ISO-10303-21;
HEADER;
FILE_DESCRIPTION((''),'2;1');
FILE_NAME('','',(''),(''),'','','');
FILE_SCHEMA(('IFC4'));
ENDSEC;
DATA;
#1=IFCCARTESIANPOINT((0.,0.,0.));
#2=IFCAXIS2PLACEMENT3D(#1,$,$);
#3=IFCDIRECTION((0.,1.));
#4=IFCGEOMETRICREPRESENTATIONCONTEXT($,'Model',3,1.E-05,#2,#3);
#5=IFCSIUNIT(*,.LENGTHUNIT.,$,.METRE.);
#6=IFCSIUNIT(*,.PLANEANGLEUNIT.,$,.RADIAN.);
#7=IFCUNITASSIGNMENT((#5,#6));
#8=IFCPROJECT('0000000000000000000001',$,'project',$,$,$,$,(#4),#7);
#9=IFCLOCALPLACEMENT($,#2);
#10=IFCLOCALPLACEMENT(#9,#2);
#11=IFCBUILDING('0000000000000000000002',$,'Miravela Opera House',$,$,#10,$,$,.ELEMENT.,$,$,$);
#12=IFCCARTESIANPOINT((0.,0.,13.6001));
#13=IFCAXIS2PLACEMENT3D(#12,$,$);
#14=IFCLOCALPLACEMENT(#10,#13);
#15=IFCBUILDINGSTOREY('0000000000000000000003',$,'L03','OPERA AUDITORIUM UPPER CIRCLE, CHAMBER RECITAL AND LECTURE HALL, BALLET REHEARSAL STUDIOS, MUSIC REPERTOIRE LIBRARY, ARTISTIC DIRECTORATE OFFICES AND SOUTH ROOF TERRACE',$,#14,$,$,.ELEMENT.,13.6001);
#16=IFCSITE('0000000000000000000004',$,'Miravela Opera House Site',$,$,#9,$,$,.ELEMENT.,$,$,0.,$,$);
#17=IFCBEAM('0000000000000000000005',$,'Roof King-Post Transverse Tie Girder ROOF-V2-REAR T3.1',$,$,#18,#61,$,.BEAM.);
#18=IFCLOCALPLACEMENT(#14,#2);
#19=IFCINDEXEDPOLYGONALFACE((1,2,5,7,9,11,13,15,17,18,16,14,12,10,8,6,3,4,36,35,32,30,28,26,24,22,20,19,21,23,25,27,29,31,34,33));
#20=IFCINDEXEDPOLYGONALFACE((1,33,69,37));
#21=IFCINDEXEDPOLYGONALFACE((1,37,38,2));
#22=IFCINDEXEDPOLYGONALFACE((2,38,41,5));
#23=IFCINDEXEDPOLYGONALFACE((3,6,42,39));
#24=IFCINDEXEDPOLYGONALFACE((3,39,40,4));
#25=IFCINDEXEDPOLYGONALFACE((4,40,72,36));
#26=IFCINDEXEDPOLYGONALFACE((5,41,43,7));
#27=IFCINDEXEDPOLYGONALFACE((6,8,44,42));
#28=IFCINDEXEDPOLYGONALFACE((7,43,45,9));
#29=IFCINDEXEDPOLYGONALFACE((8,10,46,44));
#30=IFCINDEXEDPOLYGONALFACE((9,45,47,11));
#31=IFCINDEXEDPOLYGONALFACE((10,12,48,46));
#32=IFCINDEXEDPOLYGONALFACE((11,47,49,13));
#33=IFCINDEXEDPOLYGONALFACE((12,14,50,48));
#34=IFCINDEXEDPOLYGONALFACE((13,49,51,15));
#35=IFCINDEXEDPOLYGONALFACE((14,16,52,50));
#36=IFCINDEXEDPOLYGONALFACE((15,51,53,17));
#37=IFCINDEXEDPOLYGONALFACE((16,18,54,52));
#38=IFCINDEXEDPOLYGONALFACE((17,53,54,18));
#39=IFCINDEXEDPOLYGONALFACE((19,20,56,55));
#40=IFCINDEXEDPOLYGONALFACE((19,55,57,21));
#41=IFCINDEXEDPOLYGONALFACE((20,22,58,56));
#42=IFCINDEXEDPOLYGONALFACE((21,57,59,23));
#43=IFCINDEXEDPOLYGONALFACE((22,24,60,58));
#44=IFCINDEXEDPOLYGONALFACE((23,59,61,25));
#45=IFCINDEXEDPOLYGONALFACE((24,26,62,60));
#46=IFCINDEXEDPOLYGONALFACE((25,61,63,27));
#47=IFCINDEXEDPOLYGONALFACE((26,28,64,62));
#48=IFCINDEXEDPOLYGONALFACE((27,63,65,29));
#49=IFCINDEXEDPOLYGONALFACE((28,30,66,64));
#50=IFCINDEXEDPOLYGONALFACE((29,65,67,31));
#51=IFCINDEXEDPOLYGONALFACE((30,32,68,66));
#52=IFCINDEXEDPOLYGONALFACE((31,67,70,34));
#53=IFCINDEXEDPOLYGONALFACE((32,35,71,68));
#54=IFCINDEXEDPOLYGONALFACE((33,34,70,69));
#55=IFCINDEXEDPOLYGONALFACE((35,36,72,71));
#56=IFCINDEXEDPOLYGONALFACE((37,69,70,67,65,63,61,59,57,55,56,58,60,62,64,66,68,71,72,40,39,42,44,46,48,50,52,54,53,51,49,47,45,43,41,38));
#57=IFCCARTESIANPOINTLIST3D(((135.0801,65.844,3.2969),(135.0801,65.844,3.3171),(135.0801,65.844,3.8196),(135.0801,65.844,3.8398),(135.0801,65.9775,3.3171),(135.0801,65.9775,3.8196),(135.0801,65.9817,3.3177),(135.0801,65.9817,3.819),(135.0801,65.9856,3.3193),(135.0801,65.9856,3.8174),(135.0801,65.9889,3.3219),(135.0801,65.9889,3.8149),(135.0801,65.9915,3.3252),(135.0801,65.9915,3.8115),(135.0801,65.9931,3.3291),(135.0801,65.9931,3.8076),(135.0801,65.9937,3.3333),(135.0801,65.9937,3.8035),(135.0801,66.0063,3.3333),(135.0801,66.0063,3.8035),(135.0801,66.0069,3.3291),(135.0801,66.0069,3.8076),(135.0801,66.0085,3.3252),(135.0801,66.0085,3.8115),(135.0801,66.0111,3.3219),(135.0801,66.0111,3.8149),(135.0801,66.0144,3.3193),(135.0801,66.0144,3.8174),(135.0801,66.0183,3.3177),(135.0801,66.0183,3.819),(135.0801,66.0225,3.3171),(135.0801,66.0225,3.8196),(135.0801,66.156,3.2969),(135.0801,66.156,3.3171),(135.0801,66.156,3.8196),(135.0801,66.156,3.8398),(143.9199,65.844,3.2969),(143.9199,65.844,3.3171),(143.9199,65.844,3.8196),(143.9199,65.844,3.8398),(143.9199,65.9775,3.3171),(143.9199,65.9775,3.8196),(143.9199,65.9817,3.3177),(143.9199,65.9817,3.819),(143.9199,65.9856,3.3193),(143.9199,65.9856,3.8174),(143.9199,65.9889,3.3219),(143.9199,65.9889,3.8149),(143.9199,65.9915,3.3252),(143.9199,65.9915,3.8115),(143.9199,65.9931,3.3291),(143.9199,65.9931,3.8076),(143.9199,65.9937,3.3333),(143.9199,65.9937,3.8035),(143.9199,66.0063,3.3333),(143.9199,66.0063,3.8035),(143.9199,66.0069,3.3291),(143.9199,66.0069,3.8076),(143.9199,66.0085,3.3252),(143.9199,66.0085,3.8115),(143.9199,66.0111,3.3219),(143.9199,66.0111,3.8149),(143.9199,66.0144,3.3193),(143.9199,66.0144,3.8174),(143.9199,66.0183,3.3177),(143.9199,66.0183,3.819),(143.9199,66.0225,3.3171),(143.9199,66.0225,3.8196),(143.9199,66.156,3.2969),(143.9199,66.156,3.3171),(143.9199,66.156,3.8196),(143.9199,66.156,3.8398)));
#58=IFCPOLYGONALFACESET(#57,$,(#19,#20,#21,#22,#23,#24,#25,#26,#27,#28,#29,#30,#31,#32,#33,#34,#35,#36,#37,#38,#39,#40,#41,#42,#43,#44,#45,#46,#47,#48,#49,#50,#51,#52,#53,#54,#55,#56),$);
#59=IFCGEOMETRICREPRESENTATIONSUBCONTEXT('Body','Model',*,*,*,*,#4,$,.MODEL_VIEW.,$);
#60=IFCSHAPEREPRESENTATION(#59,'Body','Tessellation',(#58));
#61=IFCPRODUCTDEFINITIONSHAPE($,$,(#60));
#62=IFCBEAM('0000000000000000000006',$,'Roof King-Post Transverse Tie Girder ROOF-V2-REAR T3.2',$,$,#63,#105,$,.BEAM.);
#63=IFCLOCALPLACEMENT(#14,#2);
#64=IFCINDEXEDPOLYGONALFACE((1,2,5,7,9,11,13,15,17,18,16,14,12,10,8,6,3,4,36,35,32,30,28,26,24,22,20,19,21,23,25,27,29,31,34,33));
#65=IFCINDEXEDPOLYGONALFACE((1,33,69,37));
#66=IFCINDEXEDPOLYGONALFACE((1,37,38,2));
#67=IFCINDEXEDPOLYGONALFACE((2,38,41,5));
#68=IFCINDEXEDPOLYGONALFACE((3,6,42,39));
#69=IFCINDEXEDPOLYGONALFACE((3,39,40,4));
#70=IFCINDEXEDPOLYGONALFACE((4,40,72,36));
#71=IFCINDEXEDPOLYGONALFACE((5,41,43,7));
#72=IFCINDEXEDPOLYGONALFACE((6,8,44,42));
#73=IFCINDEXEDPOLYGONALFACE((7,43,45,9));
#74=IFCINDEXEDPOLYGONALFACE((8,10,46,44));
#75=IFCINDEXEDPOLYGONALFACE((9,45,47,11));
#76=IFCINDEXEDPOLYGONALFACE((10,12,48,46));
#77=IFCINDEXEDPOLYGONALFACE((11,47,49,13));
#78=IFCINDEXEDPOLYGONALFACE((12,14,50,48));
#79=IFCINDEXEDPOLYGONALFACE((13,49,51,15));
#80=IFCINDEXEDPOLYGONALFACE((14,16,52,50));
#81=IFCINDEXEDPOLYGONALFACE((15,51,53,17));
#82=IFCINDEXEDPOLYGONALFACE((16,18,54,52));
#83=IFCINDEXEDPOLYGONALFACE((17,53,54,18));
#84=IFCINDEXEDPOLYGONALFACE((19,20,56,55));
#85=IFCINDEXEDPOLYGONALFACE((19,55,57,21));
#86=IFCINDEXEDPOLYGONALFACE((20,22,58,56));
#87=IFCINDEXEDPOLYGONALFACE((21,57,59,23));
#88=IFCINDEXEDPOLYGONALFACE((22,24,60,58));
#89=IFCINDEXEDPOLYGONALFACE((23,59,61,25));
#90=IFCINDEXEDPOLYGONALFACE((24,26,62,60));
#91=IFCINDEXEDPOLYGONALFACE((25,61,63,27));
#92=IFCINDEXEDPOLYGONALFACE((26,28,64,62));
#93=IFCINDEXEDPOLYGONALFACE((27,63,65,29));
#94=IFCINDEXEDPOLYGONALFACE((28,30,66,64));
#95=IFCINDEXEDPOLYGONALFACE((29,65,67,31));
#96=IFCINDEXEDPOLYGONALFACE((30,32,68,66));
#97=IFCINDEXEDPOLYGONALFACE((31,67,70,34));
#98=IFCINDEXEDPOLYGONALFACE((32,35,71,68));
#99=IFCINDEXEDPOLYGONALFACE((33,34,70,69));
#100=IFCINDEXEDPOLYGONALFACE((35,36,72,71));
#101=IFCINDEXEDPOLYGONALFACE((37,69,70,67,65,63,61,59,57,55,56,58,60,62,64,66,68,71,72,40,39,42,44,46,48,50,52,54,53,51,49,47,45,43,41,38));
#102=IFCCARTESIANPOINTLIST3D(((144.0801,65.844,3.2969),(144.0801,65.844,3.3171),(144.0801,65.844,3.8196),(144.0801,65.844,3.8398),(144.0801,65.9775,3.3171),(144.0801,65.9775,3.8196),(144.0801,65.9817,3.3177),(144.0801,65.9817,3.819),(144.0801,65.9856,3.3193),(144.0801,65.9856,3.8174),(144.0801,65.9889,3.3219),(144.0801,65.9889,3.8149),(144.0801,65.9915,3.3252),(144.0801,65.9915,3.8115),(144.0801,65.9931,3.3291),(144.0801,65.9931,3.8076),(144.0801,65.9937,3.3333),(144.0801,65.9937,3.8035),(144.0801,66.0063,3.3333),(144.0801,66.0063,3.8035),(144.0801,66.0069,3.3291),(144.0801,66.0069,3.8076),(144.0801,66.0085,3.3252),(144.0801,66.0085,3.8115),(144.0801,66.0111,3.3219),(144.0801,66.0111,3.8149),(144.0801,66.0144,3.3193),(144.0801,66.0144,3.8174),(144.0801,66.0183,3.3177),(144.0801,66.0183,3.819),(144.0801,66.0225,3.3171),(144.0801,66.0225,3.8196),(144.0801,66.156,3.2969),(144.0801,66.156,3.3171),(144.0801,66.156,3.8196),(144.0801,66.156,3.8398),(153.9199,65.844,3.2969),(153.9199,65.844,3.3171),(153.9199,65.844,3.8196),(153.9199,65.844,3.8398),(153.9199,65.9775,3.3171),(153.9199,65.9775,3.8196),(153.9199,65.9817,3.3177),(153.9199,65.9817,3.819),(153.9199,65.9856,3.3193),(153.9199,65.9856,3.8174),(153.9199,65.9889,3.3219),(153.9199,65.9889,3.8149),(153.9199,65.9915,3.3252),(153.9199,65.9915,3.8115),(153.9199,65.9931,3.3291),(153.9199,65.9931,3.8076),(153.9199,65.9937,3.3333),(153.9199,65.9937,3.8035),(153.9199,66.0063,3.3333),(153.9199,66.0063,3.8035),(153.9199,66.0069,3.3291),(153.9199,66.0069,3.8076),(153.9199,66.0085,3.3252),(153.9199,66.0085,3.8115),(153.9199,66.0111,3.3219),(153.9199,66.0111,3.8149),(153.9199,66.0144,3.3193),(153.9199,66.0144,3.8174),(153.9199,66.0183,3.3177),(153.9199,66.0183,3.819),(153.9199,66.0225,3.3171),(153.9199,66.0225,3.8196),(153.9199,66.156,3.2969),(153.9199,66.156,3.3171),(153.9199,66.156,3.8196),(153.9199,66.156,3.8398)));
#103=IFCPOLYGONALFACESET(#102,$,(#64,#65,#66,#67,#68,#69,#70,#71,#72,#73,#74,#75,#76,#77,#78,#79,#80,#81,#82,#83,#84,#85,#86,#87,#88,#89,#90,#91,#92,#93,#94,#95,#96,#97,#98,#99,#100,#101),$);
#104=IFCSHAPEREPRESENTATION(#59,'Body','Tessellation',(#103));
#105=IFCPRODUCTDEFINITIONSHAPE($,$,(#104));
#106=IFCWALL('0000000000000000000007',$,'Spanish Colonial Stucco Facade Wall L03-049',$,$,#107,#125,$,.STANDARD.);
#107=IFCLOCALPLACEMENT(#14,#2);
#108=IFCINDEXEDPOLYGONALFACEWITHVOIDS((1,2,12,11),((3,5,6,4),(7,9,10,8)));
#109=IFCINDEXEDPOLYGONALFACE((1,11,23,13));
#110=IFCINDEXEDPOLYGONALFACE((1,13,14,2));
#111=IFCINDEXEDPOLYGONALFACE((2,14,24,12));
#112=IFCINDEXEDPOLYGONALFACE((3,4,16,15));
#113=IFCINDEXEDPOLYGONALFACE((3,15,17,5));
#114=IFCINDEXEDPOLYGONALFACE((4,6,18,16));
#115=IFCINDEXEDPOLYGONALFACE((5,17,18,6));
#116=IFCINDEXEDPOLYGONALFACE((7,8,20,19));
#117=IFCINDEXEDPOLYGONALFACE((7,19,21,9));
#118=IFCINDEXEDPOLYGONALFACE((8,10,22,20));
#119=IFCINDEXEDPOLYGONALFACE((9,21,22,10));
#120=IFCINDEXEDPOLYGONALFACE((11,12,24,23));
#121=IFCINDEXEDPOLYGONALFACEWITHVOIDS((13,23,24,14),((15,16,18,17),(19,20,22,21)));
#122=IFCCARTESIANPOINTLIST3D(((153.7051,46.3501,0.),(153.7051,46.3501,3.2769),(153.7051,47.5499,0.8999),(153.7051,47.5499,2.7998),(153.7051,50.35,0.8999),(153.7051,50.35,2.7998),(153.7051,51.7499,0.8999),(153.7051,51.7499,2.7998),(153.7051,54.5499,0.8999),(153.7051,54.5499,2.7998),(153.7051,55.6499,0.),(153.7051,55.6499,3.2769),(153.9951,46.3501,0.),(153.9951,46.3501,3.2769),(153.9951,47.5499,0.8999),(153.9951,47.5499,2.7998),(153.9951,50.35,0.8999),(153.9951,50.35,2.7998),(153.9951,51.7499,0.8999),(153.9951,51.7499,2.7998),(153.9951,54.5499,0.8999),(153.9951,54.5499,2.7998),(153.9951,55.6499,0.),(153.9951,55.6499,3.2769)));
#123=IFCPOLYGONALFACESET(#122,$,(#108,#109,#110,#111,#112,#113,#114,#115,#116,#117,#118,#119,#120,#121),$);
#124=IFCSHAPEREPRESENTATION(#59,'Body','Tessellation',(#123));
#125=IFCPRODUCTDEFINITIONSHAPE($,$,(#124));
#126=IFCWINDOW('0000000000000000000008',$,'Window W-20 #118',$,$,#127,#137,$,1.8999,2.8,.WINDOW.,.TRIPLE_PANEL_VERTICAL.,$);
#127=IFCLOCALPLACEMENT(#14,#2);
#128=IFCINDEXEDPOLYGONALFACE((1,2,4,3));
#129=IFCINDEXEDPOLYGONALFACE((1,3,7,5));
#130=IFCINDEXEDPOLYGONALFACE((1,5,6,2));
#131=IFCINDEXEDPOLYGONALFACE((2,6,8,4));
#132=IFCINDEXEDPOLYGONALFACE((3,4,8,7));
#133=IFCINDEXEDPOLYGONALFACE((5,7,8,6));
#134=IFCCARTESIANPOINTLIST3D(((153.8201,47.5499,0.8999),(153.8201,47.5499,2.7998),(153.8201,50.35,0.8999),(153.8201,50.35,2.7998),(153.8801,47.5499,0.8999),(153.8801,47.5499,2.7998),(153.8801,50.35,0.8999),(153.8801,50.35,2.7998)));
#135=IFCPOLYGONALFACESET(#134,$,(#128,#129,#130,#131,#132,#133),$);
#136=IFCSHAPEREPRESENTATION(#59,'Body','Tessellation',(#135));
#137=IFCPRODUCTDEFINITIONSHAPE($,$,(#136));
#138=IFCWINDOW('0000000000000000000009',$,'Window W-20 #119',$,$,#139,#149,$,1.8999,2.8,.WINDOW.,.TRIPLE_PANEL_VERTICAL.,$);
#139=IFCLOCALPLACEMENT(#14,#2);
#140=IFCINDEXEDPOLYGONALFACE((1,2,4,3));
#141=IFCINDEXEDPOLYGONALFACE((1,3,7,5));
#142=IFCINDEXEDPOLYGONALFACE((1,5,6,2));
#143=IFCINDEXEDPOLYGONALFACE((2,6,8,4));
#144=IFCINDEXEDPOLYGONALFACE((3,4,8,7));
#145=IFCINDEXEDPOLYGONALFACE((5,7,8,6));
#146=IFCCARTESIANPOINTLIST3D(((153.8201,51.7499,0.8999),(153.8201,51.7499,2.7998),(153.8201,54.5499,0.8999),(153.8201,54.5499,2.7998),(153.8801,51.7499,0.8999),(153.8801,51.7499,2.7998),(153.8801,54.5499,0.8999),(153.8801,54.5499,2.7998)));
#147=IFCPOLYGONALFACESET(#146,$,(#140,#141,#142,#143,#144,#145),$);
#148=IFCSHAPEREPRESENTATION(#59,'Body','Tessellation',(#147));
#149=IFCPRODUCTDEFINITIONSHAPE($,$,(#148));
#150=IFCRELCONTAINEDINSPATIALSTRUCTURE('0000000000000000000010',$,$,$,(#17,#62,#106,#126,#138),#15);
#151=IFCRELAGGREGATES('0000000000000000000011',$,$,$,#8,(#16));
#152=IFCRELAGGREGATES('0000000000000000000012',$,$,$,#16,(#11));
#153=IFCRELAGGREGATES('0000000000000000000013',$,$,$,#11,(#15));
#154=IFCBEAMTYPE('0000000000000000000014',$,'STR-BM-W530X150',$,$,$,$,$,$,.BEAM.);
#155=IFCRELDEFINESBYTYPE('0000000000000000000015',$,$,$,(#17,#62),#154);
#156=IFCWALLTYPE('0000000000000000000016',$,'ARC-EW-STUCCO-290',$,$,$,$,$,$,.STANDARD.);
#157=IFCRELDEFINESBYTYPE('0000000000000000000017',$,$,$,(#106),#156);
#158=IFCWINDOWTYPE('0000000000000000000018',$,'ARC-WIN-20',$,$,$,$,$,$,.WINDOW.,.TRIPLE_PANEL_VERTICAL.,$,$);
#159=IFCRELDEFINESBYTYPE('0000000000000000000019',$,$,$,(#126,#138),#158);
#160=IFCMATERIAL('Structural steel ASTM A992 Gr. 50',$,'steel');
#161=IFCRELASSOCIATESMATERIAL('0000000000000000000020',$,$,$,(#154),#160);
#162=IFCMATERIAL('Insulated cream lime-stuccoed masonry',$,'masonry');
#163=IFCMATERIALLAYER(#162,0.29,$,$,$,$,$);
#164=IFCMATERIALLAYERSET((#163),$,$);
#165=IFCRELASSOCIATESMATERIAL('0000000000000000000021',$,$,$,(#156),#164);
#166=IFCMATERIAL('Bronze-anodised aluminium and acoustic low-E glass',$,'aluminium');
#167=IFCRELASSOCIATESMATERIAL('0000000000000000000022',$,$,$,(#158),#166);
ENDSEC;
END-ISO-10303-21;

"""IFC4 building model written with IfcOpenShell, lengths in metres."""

from ifc_helpers import new_model, si_unit, direction, frame, frame_2d, origin, origin_2d, place, context, subcontext, project, spatial, rectangle, i_section, extrude, material, layer, layer_set, material_profile, profile_set, type_object, element, fill, save


model = new_model("IFC4")

# Units and contexts
model_context = context("Model", 3, precision=1e-05, world=origin(), true_north=direction((0.0, 1.0)))
body_context = subcontext(model_context, "Body", "Model", "MODEL_VIEW")
ifc_project = project(units=[si_unit("LENGTHUNIT", "METRE"), si_unit("PLANEANGLEUNIT", "RADIAN")], contexts=[model_context])

# Site, building, storey
site_placement = place(None, origin())
site = spatial("IfcSite", under=ifc_project, at=site_placement, Name="Miravela Opera House Site", CompositionType="ELEMENT", RefElevation=0.0)
building_placement = place(site_placement, origin())
building = spatial("IfcBuilding", under=site, at=building_placement, Name="Miravela Opera House", CompositionType="ELEMENT")
storey_placement = place(building_placement, frame((0.0, 0.0, 13.6001)))
storey = spatial("IfcBuildingStorey", under=building, at=storey_placement, Name="L03", Description="OPERA AUDITORIUM UPPER CIRCLE, CHAMBER RECITAL AND LECTURE HALL, BALLET REHEARSAL STUDIOS, MUSIC REPERTOIRE LIBRARY, ARTISTIC DIRECTORATE OFFICES AND SOUTH ROOF TERRACE", CompositionType="ELEMENT", Elevation=13.6001)

# Beams
ifc_material_1 = material(Name="Structural steel ASTM A992 Gr. 50", Category="steel")
ifc_material_profile_1 = material_profile(ifc_material_1, i_section(OverallWidth=0.312, OverallDepth=0.543, WebThickness=0.0127, FlangeThickness=0.0203, FilletRadius=0.0161, at=origin_2d()), Name="W530X150")
ifc_profile_set_1 = profile_set([ifc_material_profile_1])
beam_type = type_object("IfcBeamType", Name="STR-BM-W530X150", PredefinedType="BEAM", material=ifc_profile_set_1)
beam_1_placement = place(storey_placement, frame((135.0801, 66.0, 3.5684), z_axis=(1.0, 0.0, 0.0), x_axis=(0.0, 1.0, 0.0)))
element("IfcBeam", 1, at=beam_1_placement, inside=storey, type_object=beam_type, Name="Roof King-Post Transverse Tie Girder ROOF-V2-REAR T3.1", PredefinedType="BEAM", context=body_context, shape_type="SweptSolid", body=[
    extrude(i_section(OverallWidth=0.312, OverallDepth=0.543, WebThickness=0.0127, FlangeThickness=0.0203, FilletRadius=0.0161, at=origin_2d()), origin(), (0.0, 0.0, 1.0), 8.8398),
])
beam_2_placement = place(storey_placement, frame((144.0801, 66.0, 3.5684), z_axis=(1.0, 0.0, 0.0), x_axis=(0.0, 1.0, 0.0)))
element("IfcBeam", 2, at=beam_2_placement, inside=storey, type_object=beam_type, Name="Roof King-Post Transverse Tie Girder ROOF-V2-REAR T3.2", PredefinedType="BEAM", context=body_context, shape_type="SweptSolid", body=[
    extrude(i_section(OverallWidth=0.312, OverallDepth=0.543, WebThickness=0.0127, FlangeThickness=0.0203, FilletRadius=0.0161, at=origin_2d()), origin(), (0.0, 0.0, 1.0), 9.8398),
])

# Wall, openings, windows
ifc_material_2 = material(Name="Insulated cream lime-stuccoed masonry", Category="masonry")
ifc_layer = layer(ifc_material_2, 0.29)
ifc_layer_set = layer_set([ifc_layer])
wall_type = type_object("IfcWallType", Name="ARC-EW-STUCCO-290", PredefinedType="STANDARD", material=ifc_layer_set)
wall_1_placement = place(storey_placement, frame((153.8501, 46.3501, 0.0), z_axis=(0.0, 0.0, 1.0), x_axis=(0.0, 1.0, 0.0)))
wall_1 = element("IfcWall", 3, at=wall_1_placement, inside=storey, type_object=wall_type, Name="Spanish Colonial Stucco Facade Wall L03-049", PredefinedType="STANDARD", context=body_context, shape_type="SweptSolid", body=[
    extrude(rectangle(XDim=9.2998, YDim=0.29, at=frame_2d((4.6499, 0.0))), origin(), (0.0, 0.0, 1.0), 3.2769),
])
opening_1_placement = place(wall_1_placement, frame((1.2, 0.0, 0.8999)))
opening_1 = element("IfcOpeningElement", 4, at=opening_1_placement, cuts=wall_1, PredefinedType="OPENING", context=body_context, shape_type="SweptSolid", body=[
    extrude(rectangle(XDim=2.8, YDim=1.8999, at=frame_2d((1.3999, 0.95))), frame((0.0, 0.155, 0.0), z_axis=(0.0, -1.0, 0.0), x_axis=(1.0, 0.0, 0.0)), (0.0, 0.0, 1.0), 0.3101),
])
opening_2_placement = place(wall_1_placement, frame((5.3999, 0.0, 0.8999)))
opening_2 = element("IfcOpeningElement", 5, at=opening_2_placement, cuts=wall_1, PredefinedType="OPENING", context=body_context, shape_type="SweptSolid", body=[
    extrude(rectangle(XDim=2.8, YDim=1.8999, at=frame_2d((1.3999, 0.95))), frame((0.0, 0.155, 0.0), z_axis=(0.0, -1.0, 0.0), x_axis=(1.0, 0.0, 0.0)), (0.0, 0.0, 1.0), 0.3101),
])
ifc_material_3 = material(Name="Bronze-anodised aluminium and acoustic low-E glass", Category="aluminium")
window_type_1 = type_object("IfcWindowType", Name="ARC-WIN-20", PartitioningType="TRIPLE_PANEL_VERTICAL", PredefinedType="WINDOW", material=ifc_material_3)
window_1_placement = place(opening_1_placement, origin())
window_1 = element("IfcWindow", 6, at=window_1_placement, inside=storey, type_object=window_type_1, Name="Window W-20 #118", OverallHeight=1.8999, OverallWidth=2.8, PartitioningType="TRIPLE_PANEL_VERTICAL", PredefinedType="WINDOW", context=body_context, shape_type="SweptSolid", body=[
    extrude(rectangle(XDim=2.8, YDim=1.8999, at=frame_2d((1.3999, 0.95))), frame((0.0, 0.03, 0.0), z_axis=(0.0, -1.0, 0.0), x_axis=(1.0, 0.0, 0.0)), (0.0, 0.0, 1.0), 0.0601),
])
fill(opening_1, window_1)
window_2_placement = place(opening_2_placement, origin())
window_2 = element("IfcWindow", 7, at=window_2_placement, inside=storey, type_object=window_type_1, Name="Window W-20 #119", OverallHeight=1.8999, OverallWidth=2.8, PartitioningType="TRIPLE_PANEL_VERTICAL", PredefinedType="WINDOW", context=body_context, shape_type="SweptSolid", body=[
    extrude(rectangle(XDim=2.8, YDim=1.8999, at=frame_2d((1.3999, 0.95))), frame((0.0, 0.03, 0.0), z_axis=(0.0, -1.0, 0.0), x_axis=(1.0, 0.0, 0.0)), (0.0, 0.0, 1.0), 0.0601),
])
fill(opening_2, window_2)

save(model, "model.ifc")
